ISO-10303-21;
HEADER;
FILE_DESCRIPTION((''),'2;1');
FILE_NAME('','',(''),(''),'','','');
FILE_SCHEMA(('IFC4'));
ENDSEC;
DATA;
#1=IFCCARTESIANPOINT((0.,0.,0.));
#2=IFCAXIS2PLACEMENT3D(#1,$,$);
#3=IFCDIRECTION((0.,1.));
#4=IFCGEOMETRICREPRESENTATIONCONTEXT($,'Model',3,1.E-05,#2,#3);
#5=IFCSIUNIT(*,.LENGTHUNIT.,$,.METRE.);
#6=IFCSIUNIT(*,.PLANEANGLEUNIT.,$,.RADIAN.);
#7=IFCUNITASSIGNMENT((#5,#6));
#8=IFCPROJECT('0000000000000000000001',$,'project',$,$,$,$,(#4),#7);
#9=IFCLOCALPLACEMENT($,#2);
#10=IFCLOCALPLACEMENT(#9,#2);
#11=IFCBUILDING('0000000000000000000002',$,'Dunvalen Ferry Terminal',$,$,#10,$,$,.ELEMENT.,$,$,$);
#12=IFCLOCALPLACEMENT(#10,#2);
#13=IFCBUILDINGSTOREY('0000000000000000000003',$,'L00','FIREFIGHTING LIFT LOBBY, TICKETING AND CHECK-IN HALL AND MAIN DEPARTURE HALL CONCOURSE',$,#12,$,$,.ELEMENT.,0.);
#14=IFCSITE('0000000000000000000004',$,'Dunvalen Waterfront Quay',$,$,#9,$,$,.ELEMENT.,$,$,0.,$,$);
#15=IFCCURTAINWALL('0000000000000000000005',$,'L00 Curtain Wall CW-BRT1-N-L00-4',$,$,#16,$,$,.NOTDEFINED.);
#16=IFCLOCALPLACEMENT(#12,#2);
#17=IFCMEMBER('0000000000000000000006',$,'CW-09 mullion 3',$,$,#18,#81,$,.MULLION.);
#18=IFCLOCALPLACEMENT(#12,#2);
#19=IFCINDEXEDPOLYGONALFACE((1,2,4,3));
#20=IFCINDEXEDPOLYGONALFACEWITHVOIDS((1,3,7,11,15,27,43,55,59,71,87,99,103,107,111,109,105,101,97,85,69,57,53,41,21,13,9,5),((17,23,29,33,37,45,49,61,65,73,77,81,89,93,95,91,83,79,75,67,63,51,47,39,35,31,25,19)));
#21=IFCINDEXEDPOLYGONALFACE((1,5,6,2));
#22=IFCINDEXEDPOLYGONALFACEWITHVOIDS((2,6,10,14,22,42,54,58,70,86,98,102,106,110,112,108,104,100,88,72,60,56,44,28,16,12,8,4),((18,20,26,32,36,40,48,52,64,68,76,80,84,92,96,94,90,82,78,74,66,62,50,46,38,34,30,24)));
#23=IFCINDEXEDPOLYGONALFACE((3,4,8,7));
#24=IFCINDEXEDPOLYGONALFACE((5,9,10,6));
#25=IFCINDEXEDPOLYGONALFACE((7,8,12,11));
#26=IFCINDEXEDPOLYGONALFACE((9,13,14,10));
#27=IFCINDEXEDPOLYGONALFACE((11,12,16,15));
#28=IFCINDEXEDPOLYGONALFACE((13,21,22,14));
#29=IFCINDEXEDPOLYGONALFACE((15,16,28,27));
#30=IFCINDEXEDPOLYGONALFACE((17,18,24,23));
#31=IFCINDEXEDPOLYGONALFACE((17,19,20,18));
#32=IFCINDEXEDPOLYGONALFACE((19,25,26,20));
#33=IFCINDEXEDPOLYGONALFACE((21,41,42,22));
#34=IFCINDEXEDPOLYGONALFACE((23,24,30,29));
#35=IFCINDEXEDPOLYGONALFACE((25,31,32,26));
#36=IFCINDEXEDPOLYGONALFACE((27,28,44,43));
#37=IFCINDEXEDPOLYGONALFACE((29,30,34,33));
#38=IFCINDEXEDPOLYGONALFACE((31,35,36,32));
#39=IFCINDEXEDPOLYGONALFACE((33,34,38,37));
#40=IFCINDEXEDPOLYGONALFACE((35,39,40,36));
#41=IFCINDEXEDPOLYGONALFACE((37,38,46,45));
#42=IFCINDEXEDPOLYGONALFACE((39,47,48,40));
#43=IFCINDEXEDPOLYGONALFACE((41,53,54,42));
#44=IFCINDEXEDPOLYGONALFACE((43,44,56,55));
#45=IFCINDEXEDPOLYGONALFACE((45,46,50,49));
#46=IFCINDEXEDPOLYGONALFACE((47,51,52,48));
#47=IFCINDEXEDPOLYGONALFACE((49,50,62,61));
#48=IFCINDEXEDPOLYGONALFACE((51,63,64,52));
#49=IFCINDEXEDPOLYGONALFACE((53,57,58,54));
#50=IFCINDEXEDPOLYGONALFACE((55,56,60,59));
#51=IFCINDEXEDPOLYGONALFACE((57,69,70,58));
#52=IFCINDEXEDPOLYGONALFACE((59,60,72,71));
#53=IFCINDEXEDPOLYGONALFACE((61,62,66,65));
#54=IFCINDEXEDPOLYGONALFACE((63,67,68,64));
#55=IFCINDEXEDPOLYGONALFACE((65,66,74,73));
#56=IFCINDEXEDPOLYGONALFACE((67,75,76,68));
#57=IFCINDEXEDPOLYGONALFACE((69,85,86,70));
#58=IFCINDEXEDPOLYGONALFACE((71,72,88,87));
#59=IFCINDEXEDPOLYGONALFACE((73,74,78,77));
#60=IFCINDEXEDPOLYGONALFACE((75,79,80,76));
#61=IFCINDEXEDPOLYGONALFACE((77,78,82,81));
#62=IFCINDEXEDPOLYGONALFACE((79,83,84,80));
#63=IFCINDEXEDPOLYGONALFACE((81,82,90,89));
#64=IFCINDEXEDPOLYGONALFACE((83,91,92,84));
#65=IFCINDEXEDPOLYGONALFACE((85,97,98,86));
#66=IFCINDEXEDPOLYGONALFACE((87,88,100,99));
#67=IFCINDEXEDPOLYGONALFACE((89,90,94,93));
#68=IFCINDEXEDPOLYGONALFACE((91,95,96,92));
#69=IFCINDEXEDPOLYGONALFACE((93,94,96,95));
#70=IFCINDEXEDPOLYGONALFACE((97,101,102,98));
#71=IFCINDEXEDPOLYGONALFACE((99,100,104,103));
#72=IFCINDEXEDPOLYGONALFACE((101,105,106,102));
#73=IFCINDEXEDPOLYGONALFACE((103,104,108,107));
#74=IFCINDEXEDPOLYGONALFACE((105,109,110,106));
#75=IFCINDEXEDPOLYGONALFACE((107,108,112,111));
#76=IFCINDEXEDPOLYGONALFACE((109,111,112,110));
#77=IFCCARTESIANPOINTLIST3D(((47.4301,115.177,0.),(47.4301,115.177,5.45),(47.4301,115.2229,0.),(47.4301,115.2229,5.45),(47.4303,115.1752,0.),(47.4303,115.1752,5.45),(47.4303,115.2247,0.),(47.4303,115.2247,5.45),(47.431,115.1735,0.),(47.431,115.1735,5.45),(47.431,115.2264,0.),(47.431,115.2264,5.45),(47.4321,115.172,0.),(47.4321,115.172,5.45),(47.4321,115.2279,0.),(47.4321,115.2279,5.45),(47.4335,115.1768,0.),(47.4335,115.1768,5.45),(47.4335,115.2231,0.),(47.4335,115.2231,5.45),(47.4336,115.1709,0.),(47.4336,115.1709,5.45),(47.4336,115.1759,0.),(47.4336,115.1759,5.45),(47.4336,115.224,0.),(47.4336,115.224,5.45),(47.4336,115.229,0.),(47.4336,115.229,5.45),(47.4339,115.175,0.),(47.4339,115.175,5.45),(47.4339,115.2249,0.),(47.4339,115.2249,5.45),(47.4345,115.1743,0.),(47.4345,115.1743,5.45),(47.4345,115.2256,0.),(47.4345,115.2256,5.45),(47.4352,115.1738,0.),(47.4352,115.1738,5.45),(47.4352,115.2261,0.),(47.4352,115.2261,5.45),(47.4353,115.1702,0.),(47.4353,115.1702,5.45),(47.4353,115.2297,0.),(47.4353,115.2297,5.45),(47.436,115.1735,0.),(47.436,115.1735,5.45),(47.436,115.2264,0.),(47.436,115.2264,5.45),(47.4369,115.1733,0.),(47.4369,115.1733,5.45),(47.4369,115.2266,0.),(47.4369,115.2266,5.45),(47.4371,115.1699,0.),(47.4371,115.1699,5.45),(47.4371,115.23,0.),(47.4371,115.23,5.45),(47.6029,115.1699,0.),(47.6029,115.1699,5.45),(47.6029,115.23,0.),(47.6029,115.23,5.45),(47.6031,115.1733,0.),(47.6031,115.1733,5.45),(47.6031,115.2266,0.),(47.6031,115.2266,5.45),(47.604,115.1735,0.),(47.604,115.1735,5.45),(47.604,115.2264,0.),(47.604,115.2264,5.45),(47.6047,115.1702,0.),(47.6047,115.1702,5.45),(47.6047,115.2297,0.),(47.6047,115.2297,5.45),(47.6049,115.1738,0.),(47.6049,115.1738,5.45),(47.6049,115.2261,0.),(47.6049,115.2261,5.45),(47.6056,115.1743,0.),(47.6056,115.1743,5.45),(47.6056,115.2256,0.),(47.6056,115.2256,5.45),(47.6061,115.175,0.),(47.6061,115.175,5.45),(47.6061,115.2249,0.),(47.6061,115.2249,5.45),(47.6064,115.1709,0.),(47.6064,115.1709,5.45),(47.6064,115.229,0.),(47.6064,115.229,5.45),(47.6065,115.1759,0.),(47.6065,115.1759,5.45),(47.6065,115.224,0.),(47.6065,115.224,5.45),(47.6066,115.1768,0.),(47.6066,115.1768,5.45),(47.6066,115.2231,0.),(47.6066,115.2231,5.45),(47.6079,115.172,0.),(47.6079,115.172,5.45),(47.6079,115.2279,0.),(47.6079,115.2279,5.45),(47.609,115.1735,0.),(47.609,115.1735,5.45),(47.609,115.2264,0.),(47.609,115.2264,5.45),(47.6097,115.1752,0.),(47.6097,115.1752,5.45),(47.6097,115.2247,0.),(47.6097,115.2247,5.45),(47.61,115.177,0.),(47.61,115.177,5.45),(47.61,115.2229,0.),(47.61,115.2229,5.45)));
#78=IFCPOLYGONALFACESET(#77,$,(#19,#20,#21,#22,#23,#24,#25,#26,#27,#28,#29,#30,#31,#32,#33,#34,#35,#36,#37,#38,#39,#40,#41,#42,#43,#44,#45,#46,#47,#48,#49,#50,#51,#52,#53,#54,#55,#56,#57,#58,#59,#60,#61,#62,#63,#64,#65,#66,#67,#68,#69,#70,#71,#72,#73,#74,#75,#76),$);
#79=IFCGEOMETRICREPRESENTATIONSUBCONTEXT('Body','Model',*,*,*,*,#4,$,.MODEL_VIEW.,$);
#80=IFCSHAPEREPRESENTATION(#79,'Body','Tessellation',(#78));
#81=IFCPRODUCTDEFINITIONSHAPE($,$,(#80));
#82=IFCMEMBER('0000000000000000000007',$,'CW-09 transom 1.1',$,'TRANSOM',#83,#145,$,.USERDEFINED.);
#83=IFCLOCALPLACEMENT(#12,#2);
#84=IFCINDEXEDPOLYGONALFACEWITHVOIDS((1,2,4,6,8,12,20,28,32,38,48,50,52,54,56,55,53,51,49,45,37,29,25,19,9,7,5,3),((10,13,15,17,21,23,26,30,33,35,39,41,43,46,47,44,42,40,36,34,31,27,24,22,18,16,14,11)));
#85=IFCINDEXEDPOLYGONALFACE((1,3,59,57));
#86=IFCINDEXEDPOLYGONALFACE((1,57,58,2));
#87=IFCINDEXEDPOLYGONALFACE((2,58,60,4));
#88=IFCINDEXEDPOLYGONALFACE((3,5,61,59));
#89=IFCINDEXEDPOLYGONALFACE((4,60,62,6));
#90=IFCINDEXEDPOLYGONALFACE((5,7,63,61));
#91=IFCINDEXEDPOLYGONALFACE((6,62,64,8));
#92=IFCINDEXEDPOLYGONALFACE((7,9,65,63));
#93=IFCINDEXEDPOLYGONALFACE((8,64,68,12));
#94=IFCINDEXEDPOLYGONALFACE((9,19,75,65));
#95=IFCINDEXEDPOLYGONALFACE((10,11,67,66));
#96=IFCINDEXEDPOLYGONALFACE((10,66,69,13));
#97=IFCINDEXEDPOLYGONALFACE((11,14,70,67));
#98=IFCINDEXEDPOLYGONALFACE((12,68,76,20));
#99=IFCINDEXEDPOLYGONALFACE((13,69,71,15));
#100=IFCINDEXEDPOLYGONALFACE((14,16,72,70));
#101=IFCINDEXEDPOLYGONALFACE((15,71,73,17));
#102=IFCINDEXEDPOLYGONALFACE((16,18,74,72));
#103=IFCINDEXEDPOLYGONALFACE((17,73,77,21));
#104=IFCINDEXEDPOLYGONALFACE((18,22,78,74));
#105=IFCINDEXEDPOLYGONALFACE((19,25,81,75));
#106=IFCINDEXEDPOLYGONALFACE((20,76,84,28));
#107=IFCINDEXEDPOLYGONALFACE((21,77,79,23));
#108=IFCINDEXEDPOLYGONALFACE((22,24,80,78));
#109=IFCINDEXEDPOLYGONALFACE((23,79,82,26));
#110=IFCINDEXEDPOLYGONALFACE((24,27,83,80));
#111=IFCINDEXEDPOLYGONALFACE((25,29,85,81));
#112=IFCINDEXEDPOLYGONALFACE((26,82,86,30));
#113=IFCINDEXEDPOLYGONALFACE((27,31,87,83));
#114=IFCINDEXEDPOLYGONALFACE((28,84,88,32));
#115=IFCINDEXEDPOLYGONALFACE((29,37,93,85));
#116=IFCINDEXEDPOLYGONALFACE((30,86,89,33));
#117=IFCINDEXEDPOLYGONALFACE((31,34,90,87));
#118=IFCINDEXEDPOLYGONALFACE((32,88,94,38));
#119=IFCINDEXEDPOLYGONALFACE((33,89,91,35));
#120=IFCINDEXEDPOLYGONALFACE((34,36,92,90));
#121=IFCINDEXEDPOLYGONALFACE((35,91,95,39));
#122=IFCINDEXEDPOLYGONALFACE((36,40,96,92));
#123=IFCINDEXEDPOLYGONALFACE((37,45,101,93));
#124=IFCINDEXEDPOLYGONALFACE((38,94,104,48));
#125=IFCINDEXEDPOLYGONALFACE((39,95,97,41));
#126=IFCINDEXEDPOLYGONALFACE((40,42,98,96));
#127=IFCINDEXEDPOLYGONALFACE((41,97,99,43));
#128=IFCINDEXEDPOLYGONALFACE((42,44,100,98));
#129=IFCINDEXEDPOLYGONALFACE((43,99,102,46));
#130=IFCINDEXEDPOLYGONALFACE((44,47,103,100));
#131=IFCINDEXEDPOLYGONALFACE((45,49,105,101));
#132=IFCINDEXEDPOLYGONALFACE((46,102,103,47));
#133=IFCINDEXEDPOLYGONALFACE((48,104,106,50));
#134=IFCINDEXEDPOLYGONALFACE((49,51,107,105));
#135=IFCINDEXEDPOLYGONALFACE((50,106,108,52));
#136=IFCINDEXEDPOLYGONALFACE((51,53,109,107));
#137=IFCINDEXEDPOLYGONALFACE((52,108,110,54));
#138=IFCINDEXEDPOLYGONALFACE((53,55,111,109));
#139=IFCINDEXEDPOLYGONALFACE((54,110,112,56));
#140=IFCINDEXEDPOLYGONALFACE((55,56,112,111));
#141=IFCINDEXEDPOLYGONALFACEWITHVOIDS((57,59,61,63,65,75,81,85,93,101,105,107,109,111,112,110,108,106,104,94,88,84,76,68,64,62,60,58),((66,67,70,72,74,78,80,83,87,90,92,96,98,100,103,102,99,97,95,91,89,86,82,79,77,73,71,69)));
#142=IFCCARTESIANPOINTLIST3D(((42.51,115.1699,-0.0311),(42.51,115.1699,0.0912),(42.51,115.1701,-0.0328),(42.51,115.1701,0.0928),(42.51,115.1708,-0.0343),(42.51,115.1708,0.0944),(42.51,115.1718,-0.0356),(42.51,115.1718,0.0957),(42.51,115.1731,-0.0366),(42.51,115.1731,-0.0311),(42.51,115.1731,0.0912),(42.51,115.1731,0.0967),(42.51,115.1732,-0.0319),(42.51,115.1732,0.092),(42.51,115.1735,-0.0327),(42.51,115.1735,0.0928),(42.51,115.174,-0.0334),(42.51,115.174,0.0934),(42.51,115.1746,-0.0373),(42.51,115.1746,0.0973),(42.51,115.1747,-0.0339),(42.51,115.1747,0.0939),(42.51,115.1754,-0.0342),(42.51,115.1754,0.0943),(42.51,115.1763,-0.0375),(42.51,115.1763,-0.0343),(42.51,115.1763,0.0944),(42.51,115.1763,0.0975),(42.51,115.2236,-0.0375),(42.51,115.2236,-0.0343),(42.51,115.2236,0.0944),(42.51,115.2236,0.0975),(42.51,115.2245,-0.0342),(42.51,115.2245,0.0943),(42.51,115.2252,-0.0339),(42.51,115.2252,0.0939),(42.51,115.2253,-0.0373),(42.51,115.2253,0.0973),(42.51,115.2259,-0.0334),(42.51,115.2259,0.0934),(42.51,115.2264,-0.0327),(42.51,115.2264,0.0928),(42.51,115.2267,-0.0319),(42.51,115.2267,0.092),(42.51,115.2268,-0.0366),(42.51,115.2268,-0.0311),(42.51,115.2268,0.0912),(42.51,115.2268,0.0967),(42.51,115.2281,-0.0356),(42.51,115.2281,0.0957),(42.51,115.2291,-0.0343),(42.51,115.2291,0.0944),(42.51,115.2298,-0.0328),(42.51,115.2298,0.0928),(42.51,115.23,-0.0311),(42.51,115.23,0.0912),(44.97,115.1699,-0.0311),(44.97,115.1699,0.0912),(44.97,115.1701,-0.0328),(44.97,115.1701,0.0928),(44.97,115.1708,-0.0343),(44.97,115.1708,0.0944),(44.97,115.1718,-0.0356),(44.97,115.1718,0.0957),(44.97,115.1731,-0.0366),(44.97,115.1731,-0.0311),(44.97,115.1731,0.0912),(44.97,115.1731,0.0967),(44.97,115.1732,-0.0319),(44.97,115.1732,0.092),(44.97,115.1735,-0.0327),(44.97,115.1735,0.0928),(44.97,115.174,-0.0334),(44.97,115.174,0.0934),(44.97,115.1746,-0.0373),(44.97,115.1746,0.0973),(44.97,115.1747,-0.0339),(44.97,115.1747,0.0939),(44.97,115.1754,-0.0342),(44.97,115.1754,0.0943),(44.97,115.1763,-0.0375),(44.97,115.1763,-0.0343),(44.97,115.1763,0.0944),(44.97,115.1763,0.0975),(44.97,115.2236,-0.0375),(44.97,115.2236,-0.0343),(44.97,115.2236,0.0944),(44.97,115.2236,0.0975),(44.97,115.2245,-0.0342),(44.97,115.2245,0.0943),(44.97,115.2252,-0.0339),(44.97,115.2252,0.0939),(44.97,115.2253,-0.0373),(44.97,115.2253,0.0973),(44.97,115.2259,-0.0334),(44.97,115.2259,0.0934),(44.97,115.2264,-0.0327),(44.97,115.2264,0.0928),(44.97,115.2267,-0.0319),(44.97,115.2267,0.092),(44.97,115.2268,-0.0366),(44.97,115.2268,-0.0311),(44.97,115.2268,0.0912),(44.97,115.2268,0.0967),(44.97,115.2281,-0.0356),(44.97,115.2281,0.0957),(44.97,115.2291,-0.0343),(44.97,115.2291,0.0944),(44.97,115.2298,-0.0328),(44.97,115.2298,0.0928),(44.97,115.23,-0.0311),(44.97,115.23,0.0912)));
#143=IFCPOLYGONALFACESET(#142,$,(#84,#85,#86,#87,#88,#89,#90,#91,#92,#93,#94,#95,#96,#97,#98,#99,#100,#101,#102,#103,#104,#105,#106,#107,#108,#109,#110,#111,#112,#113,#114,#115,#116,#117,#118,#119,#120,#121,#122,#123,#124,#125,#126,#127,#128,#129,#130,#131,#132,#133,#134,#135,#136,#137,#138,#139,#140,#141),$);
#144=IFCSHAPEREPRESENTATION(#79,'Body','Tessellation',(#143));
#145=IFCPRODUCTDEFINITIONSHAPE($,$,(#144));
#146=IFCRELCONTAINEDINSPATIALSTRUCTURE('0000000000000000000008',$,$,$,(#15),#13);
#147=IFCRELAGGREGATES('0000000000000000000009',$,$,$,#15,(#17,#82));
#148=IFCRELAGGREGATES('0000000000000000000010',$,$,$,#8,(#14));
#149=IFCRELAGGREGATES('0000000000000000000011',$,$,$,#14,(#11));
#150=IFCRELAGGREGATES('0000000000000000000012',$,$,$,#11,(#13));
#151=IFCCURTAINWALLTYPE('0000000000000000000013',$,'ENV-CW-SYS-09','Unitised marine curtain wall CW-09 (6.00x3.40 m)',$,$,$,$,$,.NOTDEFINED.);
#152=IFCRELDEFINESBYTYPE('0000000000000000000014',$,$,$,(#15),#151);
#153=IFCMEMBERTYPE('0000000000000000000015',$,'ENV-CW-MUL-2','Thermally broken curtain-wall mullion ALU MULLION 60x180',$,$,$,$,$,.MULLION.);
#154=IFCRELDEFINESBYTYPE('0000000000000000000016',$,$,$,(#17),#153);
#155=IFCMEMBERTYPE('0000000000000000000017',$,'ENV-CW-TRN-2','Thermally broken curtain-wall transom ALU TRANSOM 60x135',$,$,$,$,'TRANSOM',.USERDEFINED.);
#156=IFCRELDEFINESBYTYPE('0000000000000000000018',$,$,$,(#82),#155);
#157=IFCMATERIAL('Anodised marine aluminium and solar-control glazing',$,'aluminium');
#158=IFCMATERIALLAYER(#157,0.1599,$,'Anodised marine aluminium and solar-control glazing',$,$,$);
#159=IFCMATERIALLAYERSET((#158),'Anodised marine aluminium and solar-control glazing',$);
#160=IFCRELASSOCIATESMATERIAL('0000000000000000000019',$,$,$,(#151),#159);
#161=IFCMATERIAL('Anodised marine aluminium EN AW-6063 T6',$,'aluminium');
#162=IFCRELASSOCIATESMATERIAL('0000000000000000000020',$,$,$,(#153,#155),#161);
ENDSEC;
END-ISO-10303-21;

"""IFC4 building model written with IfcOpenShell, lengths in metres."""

from ifc_helpers import new_model, si_unit, direction, frame, origin, origin_2d, place, context, subcontext, project, spatial, hollow_rectangle, extrude, material, layer, layer_set, material_profile, profile_set, type_object, element, aggregate, save


model = new_model("IFC4")

# Units and contexts
model_context = context("Model", 3, precision=1e-05, world=origin(), true_north=direction((0.0, 1.0)))
body_context = subcontext(model_context, "Body", "Model", "MODEL_VIEW")
ifc_project = project(units=[si_unit("LENGTHUNIT", "METRE"), si_unit("PLANEANGLEUNIT", "RADIAN")], contexts=[model_context])

# Site, building, storey
site_placement = place(None, origin())
site = spatial("IfcSite", under=ifc_project, at=site_placement, Name="Dunvalen Waterfront Quay", CompositionType="ELEMENT", RefElevation=0.0)
building_placement = place(site_placement, origin())
building = spatial("IfcBuilding", under=site, at=building_placement, Name="Dunvalen Ferry Terminal", CompositionType="ELEMENT")
storey_placement = place(building_placement, origin())
storey = spatial("IfcBuildingStorey", under=building, at=storey_placement, Name="L00", Description="FIREFIGHTING LIFT LOBBY, TICKETING AND CHECK-IN HALL AND MAIN DEPARTURE HALL CONCOURSE", CompositionType="ELEMENT", Elevation=0.0)

# Curtain wall, members
ifc_material_1 = material(Name="Anodised marine aluminium and solar-control glazing", Category="aluminium")
ifc_layer_1 = layer(ifc_material_1, 0.1599, Name="Anodised marine aluminium and solar-control glazing")
ifc_layer_set_1 = layer_set([ifc_layer_1], Name="Anodised marine aluminium and solar-control glazing")
curtain_wall_type = type_object("IfcCurtainWallType", Name="ENV-CW-SYS-09", Description="Unitised marine curtain wall CW-09 (6.00x3.40 m)", PredefinedType="NOTDEFINED", material=ifc_layer_set_1)
curtain_wall_placement = place(storey_placement, origin())
curtain_wall = element("IfcCurtainWall", 1, at=curtain_wall_placement, inside=storey, type_object=curtain_wall_type, Name="L00 Curtain Wall CW-BRT1-N-L00-4", PredefinedType="NOTDEFINED")
ifc_material_2 = material(Name="Anodised marine aluminium EN AW-6063 T6", Category="aluminium")
ifc_material_profile_1 = material_profile(ifc_material_2, hollow_rectangle(XDim=0.0601, YDim=0.1799, WallThickness=0.0034, InnerFilletRadius=0.0034, OuterFilletRadius=0.0071, at=origin_2d()), Name="Anodised marine aluminium EN AW-6063 T6")
ifc_profile_set_1 = profile_set([ifc_material_profile_1], Name="Anodised marine aluminium EN AW-6063 T6")
member_type_1 = type_object("IfcMemberType", Name="ENV-CW-MUL-2", Description="Thermally broken curtain-wall mullion ALU MULLION 60x180", PredefinedType="MULLION", material=ifc_profile_set_1)
member_1_placement = place(storey_placement, frame((47.52, 115.2, 0.0), z_axis=(0.0, 0.0, 1.0), x_axis=(0.0, 1.0, 0.0)))
member_1 = element("IfcMember", 2, at=member_1_placement, type_object=member_type_1, Name="CW-09 mullion 3", PredefinedType="MULLION", context=body_context, shape_type="SweptSolid", body=[
    extrude(hollow_rectangle(XDim=0.0601, YDim=0.1799, WallThickness=0.0034, InnerFilletRadius=0.0034, OuterFilletRadius=0.0071, at=origin_2d()), origin(), (0.0, 0.0, 1.0), 5.45),
])
ifc_material_profile_2 = material_profile(ifc_material_2, hollow_rectangle(XDim=0.0601, YDim=0.135, WallThickness=0.0032, InnerFilletRadius=0.0032, OuterFilletRadius=0.0063, at=origin_2d()), Name="Anodised marine aluminium EN AW-6063 T6")
ifc_profile_set_2 = profile_set([ifc_material_profile_2], Name="Anodised marine aluminium EN AW-6063 T6")
member_type_2 = type_object("IfcMemberType", Name="ENV-CW-TRN-2", Description="Thermally broken curtain-wall transom ALU TRANSOM 60x135", ElementType="TRANSOM", PredefinedType="USERDEFINED", material=ifc_profile_set_2)
member_2_placement = place(storey_placement, frame((42.51, 115.2, 0.03), z_axis=(1.0, 0.0, 0.0), x_axis=(0.0, 1.0, 0.0)))
member_2 = element("IfcMember", 3, at=member_2_placement, type_object=member_type_2, Name="CW-09 transom 1.1", ObjectType="TRANSOM", PredefinedType="USERDEFINED", context=body_context, shape_type="SweptSolid", body=[
    extrude(hollow_rectangle(XDim=0.0601, YDim=0.135, WallThickness=0.0032, InnerFilletRadius=0.0032, OuterFilletRadius=0.0063, at=origin_2d()), origin(), (0.0, 0.0, 1.0), 2.46),
])
aggregate(curtain_wall, [member_1, member_2])

save(model, "model.ifc")
